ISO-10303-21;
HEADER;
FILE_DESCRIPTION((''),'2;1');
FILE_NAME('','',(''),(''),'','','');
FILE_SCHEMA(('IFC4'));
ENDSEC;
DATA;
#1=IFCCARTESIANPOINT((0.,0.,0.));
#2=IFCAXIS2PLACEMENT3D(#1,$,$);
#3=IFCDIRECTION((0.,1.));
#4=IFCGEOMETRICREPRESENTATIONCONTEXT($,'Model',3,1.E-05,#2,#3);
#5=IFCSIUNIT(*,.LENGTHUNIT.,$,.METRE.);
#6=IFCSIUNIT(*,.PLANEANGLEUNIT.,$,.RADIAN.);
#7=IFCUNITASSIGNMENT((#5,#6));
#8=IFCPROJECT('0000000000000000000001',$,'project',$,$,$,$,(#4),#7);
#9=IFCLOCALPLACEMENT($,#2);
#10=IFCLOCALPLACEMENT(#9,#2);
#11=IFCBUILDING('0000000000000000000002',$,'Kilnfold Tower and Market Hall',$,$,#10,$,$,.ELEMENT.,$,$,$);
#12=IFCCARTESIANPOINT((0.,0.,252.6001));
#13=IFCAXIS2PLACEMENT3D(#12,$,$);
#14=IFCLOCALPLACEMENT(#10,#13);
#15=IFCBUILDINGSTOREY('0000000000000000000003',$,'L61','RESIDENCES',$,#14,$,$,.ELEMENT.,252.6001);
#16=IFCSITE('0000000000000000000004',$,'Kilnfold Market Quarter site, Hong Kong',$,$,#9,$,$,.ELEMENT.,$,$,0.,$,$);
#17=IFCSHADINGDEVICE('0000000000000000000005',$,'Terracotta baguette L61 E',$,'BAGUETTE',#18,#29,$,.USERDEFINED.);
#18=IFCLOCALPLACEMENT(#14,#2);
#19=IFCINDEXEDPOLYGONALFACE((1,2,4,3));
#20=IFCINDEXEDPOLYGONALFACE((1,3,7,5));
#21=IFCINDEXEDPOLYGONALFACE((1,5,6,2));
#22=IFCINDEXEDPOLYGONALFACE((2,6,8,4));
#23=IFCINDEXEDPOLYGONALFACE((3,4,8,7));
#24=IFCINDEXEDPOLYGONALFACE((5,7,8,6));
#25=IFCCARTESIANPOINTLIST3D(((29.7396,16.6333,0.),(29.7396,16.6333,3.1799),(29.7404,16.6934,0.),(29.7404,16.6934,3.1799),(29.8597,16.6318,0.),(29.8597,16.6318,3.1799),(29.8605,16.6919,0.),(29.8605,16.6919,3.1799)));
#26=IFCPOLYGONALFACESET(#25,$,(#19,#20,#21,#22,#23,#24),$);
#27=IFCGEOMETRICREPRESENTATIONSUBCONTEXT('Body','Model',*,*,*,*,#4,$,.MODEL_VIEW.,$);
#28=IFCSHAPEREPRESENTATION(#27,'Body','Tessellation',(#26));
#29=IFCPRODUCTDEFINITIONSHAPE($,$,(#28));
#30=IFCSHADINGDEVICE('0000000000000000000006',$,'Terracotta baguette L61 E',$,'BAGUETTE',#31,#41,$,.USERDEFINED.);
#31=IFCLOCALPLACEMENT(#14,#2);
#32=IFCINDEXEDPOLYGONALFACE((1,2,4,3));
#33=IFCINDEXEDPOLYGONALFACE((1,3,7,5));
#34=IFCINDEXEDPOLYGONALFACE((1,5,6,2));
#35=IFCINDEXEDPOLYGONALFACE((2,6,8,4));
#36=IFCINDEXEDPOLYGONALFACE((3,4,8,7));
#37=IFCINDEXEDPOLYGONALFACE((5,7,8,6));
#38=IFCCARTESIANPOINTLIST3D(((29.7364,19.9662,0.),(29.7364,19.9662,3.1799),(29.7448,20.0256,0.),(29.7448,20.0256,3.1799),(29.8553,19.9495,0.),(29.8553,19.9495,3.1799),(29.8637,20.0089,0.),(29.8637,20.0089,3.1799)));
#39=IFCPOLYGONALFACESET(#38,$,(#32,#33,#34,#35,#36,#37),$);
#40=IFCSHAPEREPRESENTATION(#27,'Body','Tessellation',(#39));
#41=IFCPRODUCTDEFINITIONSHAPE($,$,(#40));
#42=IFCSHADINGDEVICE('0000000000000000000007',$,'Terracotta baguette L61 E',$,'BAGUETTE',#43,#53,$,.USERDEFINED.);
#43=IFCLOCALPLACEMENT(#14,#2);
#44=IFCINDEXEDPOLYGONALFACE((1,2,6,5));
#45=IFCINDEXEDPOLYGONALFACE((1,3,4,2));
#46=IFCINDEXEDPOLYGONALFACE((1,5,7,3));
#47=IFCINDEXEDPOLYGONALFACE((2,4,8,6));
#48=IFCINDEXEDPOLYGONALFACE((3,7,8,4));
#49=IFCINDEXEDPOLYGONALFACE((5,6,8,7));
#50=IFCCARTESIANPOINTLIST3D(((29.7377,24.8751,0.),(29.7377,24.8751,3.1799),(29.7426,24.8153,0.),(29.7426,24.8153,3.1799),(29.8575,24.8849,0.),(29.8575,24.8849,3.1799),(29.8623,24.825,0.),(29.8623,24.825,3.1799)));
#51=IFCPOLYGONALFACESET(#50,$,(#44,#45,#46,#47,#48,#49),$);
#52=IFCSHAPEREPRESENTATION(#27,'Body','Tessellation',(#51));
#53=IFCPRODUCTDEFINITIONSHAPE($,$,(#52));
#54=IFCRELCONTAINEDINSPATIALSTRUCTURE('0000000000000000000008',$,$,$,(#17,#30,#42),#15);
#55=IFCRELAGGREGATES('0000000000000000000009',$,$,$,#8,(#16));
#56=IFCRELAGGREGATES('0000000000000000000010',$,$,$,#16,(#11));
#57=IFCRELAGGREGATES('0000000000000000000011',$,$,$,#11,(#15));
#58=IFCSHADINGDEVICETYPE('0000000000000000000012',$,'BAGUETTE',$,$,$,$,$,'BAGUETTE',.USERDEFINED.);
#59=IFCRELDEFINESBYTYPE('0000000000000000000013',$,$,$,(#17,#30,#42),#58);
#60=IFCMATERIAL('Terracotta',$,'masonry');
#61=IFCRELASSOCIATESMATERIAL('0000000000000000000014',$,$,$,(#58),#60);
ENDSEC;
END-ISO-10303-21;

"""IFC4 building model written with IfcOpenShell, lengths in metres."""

from ifc_helpers import new_model, si_unit, direction, frame, origin, origin_2d, place, context, subcontext, project, spatial, rectangle, extrude, source, transform, mapped, material, material_profile, profile_set, type_object, element, save


model = new_model("IFC4")

# Units and contexts
model_context = context("Model", 3, precision=1e-05, world=origin(), true_north=direction((0.0, 1.0)))
body_context = subcontext(model_context, "Body", "Model", "MODEL_VIEW")
ifc_project = project(units=[si_unit("LENGTHUNIT", "METRE"), si_unit("PLANEANGLEUNIT", "RADIAN")], contexts=[model_context])

# Site, building, storey
site_placement = place(None, origin())
site = spatial("IfcSite", under=ifc_project, at=site_placement, Name="Kilnfold Market Quarter site, Hong Kong", CompositionType="ELEMENT", RefElevation=0.0)
building_placement = place(site_placement, origin())
building = spatial("IfcBuilding", under=site, at=building_placement, Name="Kilnfold Tower and Market Hall", CompositionType="ELEMENT")
storey_placement = place(building_placement, frame((0.0, 0.0, 252.6001)))
storey = spatial("IfcBuildingStorey", under=building, at=storey_placement, Name="L61", Description="RESIDENCES", CompositionType="ELEMENT", Elevation=252.6001)

# Shading devices
ifc_material_1 = material(Name="Terracotta", Category="masonry")
ifc_material_profile_1 = material_profile(ifc_material_1, rectangle(XDim=0.0601, YDim=0.1201, at=origin_2d()), Name="BAG 60x120")
ifc_profile_set_1 = profile_set([ifc_material_profile_1], Name="Terracotta")
shading_device_type = type_object("IfcShadingDeviceType", Name="BAGUETTE", ElementType="BAGUETTE", PredefinedType="USERDEFINED", material=ifc_profile_set_1)
shared_shape_1 = source(origin(), body_context, "Body", "SweptSolid", [
    extrude(rectangle(XDim=0.0601, YDim=0.1201, at=origin_2d()), origin(), (0.0, 0.0, 1.0), 3.1799),
])
for number, where, z_axis, x_axis, name in (
    (1, (29.8, 16.6626, 0.0), (0.0, 0.0, 1.0), (0.012405, 0.999923, 0.0), "Terracotta baguette L61 E"),
    (2, (29.8, 19.9875, 0.0), (0.0, 0.0, 1.0), (0.139166, 0.990269, 0.0), "Terracotta baguette L61 E"),
    (3, (29.8, 24.8501, 0.0), (0.0, 0.0, 1.0), (-0.081257, 0.996693, 0.0), "Terracotta baguette L61 E"),
):
    element("IfcShadingDevice", number, at=place(storey_placement, frame(where, z_axis=z_axis, x_axis=x_axis)), inside=storey, type_object=shading_device_type, Name=name, ObjectType="BAGUETTE", PredefinedType="USERDEFINED", context=body_context, shape_type="MappedRepresentation", body=[
        mapped(shared_shape_1, transform((0.0, 0.0, 0.0))),
    ])

save(model, "model.ifc")
